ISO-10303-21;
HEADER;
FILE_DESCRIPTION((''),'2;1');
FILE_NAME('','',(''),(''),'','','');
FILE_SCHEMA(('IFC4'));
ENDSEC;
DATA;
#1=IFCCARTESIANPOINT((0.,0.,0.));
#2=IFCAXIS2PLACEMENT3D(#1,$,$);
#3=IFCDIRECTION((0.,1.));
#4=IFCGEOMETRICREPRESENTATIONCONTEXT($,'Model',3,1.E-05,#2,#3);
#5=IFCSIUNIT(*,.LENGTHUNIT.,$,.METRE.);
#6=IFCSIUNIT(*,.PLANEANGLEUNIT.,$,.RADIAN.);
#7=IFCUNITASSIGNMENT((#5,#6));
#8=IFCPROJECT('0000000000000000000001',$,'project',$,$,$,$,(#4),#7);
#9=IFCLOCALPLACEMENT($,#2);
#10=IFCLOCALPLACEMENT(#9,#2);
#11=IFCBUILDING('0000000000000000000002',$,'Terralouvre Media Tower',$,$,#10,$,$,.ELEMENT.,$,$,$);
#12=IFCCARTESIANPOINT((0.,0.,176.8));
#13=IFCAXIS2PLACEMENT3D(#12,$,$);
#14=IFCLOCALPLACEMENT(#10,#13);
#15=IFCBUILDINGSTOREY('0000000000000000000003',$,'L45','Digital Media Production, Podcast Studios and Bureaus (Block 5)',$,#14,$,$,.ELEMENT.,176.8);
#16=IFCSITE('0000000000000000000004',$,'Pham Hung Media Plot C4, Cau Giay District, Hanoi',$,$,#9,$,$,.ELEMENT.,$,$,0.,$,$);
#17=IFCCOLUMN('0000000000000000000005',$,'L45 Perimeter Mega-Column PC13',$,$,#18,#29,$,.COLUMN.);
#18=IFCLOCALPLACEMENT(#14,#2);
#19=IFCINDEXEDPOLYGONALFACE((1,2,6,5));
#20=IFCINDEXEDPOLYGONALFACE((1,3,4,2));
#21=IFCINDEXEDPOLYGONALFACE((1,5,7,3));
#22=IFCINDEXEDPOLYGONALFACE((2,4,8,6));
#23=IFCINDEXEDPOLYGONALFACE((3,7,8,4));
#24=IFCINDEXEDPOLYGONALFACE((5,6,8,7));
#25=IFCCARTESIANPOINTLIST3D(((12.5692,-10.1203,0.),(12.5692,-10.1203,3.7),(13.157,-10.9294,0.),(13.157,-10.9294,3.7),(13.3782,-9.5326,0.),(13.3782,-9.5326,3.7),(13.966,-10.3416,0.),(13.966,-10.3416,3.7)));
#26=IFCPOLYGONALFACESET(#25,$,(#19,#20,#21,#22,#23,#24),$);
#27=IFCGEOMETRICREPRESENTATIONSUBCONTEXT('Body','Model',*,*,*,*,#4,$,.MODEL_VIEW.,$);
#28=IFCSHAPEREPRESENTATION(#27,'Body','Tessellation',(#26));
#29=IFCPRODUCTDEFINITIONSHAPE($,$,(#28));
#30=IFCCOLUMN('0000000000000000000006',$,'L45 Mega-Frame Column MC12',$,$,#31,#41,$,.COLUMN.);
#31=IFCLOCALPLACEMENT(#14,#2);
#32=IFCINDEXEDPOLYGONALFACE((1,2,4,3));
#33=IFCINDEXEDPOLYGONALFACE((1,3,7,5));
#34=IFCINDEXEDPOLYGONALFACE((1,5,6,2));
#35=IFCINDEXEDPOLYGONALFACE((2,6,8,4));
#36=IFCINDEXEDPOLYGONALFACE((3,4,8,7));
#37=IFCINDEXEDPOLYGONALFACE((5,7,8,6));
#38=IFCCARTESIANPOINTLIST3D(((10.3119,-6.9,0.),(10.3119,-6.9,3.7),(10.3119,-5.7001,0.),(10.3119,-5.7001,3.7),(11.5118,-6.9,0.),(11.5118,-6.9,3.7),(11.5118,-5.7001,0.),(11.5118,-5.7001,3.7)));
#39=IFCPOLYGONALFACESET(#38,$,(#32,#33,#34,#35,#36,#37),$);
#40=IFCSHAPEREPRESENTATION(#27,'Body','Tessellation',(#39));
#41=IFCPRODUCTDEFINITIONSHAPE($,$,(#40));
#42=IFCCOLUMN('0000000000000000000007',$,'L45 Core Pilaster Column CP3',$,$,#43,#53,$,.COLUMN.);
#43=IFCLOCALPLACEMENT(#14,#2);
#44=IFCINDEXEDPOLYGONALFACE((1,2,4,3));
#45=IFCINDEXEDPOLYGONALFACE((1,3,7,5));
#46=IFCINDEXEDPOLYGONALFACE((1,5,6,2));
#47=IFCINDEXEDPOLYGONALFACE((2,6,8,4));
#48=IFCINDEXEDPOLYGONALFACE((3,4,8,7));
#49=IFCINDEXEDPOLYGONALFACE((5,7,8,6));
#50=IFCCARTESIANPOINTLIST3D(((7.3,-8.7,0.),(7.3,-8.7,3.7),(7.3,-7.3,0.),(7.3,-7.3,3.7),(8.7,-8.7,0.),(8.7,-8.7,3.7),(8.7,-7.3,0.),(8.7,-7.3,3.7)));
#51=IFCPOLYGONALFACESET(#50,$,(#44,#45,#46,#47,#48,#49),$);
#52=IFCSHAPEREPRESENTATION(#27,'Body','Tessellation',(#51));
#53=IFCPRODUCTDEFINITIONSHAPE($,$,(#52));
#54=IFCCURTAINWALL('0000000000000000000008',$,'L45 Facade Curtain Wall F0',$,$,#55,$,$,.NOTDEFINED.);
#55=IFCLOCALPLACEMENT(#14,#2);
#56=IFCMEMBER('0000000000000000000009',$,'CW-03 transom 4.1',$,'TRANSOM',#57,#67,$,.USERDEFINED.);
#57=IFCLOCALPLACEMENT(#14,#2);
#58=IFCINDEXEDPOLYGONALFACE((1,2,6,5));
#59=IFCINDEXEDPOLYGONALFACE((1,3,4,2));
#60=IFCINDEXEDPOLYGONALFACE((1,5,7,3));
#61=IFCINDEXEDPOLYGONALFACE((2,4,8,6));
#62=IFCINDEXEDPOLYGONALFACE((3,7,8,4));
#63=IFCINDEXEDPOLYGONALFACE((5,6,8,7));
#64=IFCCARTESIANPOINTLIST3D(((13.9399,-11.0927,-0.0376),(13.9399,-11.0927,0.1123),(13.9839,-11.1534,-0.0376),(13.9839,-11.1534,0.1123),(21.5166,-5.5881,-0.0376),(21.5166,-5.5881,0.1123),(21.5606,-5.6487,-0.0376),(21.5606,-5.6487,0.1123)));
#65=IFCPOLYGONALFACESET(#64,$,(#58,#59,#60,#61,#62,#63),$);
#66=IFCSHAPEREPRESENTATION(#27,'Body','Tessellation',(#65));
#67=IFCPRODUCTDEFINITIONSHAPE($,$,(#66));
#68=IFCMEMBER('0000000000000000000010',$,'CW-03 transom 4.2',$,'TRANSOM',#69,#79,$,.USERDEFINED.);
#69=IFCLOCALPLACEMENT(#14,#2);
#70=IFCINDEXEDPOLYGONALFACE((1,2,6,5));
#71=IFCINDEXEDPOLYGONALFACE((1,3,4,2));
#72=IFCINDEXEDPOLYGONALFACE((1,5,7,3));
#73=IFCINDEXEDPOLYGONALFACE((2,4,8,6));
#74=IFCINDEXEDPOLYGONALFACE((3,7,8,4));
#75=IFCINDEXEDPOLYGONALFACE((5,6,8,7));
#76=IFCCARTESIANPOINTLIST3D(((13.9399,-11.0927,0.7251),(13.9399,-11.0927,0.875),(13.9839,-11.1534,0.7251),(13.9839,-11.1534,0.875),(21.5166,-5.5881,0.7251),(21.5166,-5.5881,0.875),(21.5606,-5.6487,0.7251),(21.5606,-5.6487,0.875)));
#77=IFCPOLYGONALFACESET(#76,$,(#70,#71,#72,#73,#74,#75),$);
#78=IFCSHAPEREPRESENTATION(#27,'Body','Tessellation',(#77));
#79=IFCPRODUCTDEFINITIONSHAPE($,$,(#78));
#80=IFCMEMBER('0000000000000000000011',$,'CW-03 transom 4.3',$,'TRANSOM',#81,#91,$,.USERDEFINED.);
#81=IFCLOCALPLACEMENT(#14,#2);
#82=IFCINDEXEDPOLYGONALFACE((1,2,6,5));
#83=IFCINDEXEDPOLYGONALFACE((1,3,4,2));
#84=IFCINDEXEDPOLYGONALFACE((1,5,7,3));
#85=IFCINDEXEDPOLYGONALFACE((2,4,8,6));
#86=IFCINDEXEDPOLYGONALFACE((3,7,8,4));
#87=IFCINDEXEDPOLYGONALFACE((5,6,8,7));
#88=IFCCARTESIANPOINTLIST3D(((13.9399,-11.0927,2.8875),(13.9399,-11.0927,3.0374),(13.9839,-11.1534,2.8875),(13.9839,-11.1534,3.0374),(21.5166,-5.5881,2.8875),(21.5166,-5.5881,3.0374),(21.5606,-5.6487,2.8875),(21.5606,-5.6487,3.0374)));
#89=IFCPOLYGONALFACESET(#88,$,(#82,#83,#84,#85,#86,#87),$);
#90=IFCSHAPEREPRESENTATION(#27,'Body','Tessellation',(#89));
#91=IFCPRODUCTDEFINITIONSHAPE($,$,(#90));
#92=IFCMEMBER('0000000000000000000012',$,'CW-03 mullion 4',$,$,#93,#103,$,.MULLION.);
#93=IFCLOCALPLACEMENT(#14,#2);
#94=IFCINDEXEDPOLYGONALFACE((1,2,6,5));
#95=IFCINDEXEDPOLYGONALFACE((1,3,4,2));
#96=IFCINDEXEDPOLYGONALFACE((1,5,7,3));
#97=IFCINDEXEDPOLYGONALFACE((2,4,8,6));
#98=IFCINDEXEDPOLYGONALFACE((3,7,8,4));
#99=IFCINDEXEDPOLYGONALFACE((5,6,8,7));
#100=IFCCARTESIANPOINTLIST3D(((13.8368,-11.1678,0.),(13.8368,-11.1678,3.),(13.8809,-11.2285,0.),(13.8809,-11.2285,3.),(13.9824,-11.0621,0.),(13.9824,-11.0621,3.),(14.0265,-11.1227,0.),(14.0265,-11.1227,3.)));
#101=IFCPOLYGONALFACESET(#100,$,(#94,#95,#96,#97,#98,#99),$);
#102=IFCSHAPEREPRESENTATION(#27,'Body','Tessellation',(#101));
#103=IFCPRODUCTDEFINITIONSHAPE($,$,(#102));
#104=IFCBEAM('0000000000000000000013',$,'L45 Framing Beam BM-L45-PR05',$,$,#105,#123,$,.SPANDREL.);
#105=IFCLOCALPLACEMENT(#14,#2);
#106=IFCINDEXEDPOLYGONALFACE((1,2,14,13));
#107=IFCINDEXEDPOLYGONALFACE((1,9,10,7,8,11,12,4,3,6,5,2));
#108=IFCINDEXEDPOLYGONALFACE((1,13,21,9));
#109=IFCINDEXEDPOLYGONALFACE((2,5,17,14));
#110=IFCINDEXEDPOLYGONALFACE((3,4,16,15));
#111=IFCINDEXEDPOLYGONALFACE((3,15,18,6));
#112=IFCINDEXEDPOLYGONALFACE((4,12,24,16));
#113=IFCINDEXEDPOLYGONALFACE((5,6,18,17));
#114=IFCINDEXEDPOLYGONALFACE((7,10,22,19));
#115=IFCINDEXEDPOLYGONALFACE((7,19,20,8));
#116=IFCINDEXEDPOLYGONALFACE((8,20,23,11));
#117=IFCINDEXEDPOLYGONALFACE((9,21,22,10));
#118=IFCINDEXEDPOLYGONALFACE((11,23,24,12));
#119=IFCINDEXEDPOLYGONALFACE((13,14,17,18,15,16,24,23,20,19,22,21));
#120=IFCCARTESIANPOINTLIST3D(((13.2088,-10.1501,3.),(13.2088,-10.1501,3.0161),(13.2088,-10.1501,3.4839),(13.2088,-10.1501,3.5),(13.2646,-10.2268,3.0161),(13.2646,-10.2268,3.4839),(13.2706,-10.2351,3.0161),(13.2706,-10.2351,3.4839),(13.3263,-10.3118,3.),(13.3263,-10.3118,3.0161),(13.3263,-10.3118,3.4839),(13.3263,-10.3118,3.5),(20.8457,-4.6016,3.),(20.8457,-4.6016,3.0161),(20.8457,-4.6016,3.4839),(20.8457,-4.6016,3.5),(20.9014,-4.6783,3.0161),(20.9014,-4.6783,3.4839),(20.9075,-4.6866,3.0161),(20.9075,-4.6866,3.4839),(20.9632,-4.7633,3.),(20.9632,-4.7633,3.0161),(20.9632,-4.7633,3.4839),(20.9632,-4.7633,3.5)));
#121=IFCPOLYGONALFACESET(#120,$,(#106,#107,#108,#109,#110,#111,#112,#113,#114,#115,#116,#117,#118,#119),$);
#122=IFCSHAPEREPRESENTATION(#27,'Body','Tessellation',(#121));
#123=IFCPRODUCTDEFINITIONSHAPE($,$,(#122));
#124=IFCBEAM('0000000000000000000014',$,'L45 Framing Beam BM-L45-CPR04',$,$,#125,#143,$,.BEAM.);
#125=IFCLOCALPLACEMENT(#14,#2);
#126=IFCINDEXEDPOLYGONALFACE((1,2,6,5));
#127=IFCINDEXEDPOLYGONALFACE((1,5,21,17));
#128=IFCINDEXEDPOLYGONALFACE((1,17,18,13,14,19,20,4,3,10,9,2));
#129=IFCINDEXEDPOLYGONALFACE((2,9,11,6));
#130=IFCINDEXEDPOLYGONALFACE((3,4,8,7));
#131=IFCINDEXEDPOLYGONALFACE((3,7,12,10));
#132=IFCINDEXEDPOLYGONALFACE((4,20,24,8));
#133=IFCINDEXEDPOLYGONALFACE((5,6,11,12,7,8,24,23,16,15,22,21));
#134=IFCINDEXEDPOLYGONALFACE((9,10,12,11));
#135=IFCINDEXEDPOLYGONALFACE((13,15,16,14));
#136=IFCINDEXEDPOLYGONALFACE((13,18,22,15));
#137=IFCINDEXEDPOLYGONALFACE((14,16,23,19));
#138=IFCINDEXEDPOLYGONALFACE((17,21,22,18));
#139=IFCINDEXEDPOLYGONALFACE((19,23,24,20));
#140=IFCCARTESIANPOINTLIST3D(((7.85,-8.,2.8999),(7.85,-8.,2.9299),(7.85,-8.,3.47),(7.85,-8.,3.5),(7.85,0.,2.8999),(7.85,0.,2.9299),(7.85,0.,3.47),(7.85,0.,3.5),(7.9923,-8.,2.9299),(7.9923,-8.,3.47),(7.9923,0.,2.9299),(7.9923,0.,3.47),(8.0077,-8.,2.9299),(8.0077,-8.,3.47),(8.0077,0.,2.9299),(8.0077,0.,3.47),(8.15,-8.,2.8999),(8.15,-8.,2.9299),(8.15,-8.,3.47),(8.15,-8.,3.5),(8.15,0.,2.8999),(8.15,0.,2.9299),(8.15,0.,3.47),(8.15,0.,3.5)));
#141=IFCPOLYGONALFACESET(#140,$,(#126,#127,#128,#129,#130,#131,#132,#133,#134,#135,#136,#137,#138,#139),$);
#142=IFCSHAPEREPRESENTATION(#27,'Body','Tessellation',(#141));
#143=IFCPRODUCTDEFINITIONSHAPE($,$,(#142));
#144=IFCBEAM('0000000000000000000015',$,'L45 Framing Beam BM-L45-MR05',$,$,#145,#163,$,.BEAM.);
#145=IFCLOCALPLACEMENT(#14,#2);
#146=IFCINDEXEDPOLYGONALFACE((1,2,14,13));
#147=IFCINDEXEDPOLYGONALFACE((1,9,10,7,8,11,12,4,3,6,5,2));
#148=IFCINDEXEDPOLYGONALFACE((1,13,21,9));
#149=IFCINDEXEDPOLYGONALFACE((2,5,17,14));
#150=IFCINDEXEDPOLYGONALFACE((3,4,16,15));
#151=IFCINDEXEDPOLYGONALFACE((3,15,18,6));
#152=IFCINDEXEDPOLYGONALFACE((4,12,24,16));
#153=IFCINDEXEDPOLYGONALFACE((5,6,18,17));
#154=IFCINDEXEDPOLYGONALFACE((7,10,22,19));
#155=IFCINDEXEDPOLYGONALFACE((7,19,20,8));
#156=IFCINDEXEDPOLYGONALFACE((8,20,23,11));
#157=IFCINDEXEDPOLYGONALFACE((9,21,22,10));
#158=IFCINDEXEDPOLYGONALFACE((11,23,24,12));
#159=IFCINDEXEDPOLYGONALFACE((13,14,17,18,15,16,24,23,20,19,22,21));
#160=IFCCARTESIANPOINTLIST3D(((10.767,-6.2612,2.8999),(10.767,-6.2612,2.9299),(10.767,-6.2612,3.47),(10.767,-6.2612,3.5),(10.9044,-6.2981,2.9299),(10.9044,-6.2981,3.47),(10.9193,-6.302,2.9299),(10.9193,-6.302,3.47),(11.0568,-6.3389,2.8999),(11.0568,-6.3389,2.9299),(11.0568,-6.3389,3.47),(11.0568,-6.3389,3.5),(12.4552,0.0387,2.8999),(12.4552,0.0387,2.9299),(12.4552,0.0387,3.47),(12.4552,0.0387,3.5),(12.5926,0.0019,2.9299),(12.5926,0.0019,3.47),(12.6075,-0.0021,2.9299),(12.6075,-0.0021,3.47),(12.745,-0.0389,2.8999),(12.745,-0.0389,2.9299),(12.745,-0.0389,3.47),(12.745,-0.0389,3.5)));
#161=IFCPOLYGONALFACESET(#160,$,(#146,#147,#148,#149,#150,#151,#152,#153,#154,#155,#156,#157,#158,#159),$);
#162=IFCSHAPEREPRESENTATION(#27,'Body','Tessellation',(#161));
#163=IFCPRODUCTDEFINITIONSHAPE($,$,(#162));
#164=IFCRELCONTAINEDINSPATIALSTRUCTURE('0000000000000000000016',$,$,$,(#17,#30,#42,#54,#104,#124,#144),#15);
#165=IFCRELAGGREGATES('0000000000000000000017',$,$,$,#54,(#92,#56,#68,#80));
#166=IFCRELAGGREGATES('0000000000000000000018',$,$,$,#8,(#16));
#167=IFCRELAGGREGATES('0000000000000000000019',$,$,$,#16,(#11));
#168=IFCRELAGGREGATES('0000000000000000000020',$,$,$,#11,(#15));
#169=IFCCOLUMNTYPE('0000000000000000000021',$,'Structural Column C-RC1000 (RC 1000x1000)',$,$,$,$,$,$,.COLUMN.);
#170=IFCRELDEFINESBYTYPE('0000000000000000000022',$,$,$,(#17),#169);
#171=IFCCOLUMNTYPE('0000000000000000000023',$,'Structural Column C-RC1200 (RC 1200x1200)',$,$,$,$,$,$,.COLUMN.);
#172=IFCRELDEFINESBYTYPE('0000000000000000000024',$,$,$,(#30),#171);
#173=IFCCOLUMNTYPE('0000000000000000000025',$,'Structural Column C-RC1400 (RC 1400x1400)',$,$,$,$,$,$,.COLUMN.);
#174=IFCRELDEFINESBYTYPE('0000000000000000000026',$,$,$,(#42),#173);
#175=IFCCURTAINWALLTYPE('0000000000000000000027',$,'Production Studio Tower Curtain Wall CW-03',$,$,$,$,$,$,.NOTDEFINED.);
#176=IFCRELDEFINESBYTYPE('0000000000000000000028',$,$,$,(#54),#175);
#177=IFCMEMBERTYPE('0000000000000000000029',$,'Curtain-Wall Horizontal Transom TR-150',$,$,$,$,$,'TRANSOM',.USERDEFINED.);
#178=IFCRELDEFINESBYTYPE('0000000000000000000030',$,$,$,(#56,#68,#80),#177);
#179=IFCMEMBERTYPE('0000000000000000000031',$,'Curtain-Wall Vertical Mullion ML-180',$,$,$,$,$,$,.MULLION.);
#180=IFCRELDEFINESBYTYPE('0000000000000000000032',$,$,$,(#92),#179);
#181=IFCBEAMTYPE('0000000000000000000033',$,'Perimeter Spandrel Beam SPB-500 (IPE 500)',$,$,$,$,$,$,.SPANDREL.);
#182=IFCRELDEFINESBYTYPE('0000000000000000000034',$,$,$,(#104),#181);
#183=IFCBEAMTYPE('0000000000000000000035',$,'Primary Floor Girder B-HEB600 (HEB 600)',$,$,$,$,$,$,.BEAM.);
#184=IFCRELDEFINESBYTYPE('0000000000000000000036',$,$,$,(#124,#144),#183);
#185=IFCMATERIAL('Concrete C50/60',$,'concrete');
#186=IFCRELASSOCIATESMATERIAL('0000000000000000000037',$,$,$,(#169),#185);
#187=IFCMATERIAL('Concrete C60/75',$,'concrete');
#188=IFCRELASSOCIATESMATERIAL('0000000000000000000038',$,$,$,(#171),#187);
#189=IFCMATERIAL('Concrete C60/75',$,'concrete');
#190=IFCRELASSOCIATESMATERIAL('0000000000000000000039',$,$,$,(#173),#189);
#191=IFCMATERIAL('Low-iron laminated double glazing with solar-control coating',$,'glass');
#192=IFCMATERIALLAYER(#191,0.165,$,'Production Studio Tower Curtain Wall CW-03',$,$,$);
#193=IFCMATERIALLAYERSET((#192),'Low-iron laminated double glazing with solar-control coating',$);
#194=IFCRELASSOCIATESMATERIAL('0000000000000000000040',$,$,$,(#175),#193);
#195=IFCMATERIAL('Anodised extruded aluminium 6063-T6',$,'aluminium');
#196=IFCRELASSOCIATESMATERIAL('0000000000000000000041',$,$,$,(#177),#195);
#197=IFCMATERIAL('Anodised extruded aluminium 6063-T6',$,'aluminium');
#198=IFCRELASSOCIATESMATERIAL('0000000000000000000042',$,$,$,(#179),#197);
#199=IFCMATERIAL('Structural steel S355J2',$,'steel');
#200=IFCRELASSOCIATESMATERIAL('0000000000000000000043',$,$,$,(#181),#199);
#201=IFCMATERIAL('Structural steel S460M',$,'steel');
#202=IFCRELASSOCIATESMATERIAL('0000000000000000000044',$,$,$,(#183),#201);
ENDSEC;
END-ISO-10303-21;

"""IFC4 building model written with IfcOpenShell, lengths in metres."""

from ifc_helpers import new_model, si_unit, direction, frame, origin, origin_2d, place, context, subcontext, project, spatial, rectangle, i_section, extrude, material, layer, layer_set, material_profile, profile_set, type_object, element, aggregate, save


model = new_model("IFC4")

# Units and contexts
model_context = context("Model", 3, precision=1e-05, world=origin(), true_north=direction((0.0, 1.0)))
body_context = subcontext(model_context, "Body", "Model", "MODEL_VIEW")
ifc_project = project(units=[si_unit("LENGTHUNIT", "METRE"), si_unit("PLANEANGLEUNIT", "RADIAN")], contexts=[model_context])

# Site, building, storey
site_placement = place(None, origin())
site = spatial("IfcSite", under=ifc_project, at=site_placement, Name="Pham Hung Media Plot C4, Cau Giay District, Hanoi", CompositionType="ELEMENT", RefElevation=0.0)
building_placement = place(site_placement, origin())
building = spatial("IfcBuilding", under=site, at=building_placement, Name="Terralouvre Media Tower", CompositionType="ELEMENT")
storey_placement = place(building_placement, frame((0.0, 0.0, 176.8)))
storey = spatial("IfcBuildingStorey", under=building, at=storey_placement, Name="L45", Description="Digital Media Production, Podcast Studios and Bureaus (Block 5)", CompositionType="ELEMENT", Elevation=176.8)

# Columns
ifc_material_1 = material(Name="Concrete C50/60", Category="concrete")
ifc_material_profile_1 = material_profile(ifc_material_1, rectangle(XDim=1.0, YDim=1.0, at=origin_2d()), Name="RC 1000x1000")
ifc_profile_set_1 = profile_set([ifc_material_profile_1], Name="Concrete C50/60")
column_type_1 = type_object("IfcColumnType", Name="Structural Column C-RC1000 (RC 1000x1000)", PredefinedType="COLUMN", material=ifc_profile_set_1)
column_1_placement = place(storey_placement, frame((13.2676, -10.231, 0.0), z_axis=(0.0, 0.0, 1.0), x_axis=(0.809017, 0.587785, 0.0)))
element("IfcColumn", 1, at=column_1_placement, inside=storey, type_object=column_type_1, Name="L45 Perimeter Mega-Column PC13", PredefinedType="COLUMN", context=body_context, shape_type="SweptSolid", body=[
    extrude(rectangle(XDim=1.0, YDim=1.0, at=origin_2d()), origin(), (0.0, 0.0, 1.0), 3.7),
])
ifc_material_2 = material(Name="Concrete C60/75", Category="concrete")
ifc_material_profile_2 = material_profile(ifc_material_2, rectangle(XDim=1.2, YDim=1.2, at=origin_2d()), Name="RC 1200x1200")
ifc_profile_set_2 = profile_set([ifc_material_profile_2], Name="Concrete C60/75")
column_type_2 = type_object("IfcColumnType", Name="Structural Column C-RC1200 (RC 1200x1200)", PredefinedType="COLUMN", material=ifc_profile_set_2)
column_2_placement = place(storey_placement, frame((10.9119, -6.3, 0.0), z_axis=(0.0, 0.0, 1.0), x_axis=(1.0, 0.0, 0.0)))
element("IfcColumn", 2, at=column_2_placement, inside=storey, type_object=column_type_2, Name="L45 Mega-Frame Column MC12", PredefinedType="COLUMN", context=body_context, shape_type="SweptSolid", body=[
    extrude(rectangle(XDim=1.2, YDim=1.2, at=origin_2d()), origin(), (0.0, 0.0, 1.0), 3.7),
])
ifc_material_3 = material(Name="Concrete C60/75", Category="concrete")
ifc_material_profile_3 = material_profile(ifc_material_3, rectangle(XDim=1.3999, YDim=1.3999, at=origin_2d()), Name="RC 1400x1400")
ifc_profile_set_3 = profile_set([ifc_material_profile_3], Name="Concrete C60/75")
column_type_3 = type_object("IfcColumnType", Name="Structural Column C-RC1400 (RC 1400x1400)", PredefinedType="COLUMN", material=ifc_profile_set_3)
column_3_placement = place(storey_placement, frame((8.0, -8.0, 0.0), z_axis=(0.0, 0.0, 1.0), x_axis=(1.0, 0.0, 0.0)))
element("IfcColumn", 3, at=column_3_placement, inside=storey, type_object=column_type_3, Name="L45 Core Pilaster Column CP3", PredefinedType="COLUMN", context=body_context, shape_type="SweptSolid", body=[
    extrude(rectangle(XDim=1.3999, YDim=1.3999, at=origin_2d()), origin(), (0.0, 0.0, 1.0), 3.7),
])

# Curtain wall, members
ifc_material_4 = material(Name="Low-iron laminated double glazing with solar-control coating", Category="glass")
ifc_layer_1 = layer(ifc_material_4, 0.165, Name="Production Studio Tower Curtain Wall CW-03")
ifc_layer_set_1 = layer_set([ifc_layer_1], Name="Low-iron laminated double glazing with solar-control coating")
curtain_wall_type = type_object("IfcCurtainWallType", Name="Production Studio Tower Curtain Wall CW-03", PredefinedType="NOTDEFINED", material=ifc_layer_set_1)
curtain_wall_placement = place(storey_placement, origin())
curtain_wall = element("IfcCurtainWall", 4, at=curtain_wall_placement, inside=storey, type_object=curtain_wall_type, Name="L45 Facade Curtain Wall F0", PredefinedType="NOTDEFINED")
ifc_material_5 = material(Name="Anodised extruded aluminium 6063-T6", Category="aluminium")
ifc_material_profile_4 = material_profile(ifc_material_5, rectangle(XDim=0.075, YDim=0.1499, at=origin_2d()), Name="ALU 75x150")
ifc_profile_set_4 = profile_set([ifc_material_profile_4], Name="Anodised extruded aluminium 6063-T6")
member_type_1 = type_object("IfcMemberType", Name="Curtain-Wall Horizontal Transom TR-150", ElementType="TRANSOM", PredefinedType="USERDEFINED", material=ifc_profile_set_4)
member_1_placement = place(storey_placement, frame((13.9619, -11.123, 0.0374), z_axis=(0.809023, 0.587776, 0.0), x_axis=(-0.587776, 0.809023, 0.0)))
member_1 = element("IfcMember", 5, at=member_1_placement, type_object=member_type_1, Name="CW-03 transom 4.1", ObjectType="TRANSOM", PredefinedType="USERDEFINED", context=body_context, shape_type="SweptSolid", body=[
    extrude(rectangle(XDim=0.075, YDim=0.1499, at=origin_2d()), origin(), (0.0, 0.0, 1.0), 9.3652),
])
member_2_placement = place(storey_placement, frame((13.9619, -11.123, 0.8), z_axis=(0.809023, 0.587776, 0.0), x_axis=(-0.587776, 0.809023, 0.0)))
member_2 = element("IfcMember", 6, at=member_2_placement, type_object=member_type_1, Name="CW-03 transom 4.2", ObjectType="TRANSOM", PredefinedType="USERDEFINED", context=body_context, shape_type="SweptSolid", body=[
    extrude(rectangle(XDim=0.075, YDim=0.1499, at=origin_2d()), origin(), (0.0, 0.0, 1.0), 9.3652),
])
member_3_placement = place(storey_placement, frame((13.9619, -11.123, 2.9624), z_axis=(0.809023, 0.587776, 0.0), x_axis=(-0.587776, 0.809023, 0.0)))
member_3 = element("IfcMember", 7, at=member_3_placement, type_object=member_type_1, Name="CW-03 transom 4.3", ObjectType="TRANSOM", PredefinedType="USERDEFINED", context=body_context, shape_type="SweptSolid", body=[
    extrude(rectangle(XDim=0.075, YDim=0.1499, at=origin_2d()), origin(), (0.0, 0.0, 1.0), 9.3652),
])
ifc_material_6 = material(Name="Anodised extruded aluminium 6063-T6", Category="aluminium")
ifc_material_profile_5 = material_profile(ifc_material_6, rectangle(XDim=0.075, YDim=0.1799, at=origin_2d()), Name="ALU 75x180")
ifc_profile_set_5 = profile_set([ifc_material_profile_5], Name="Anodised extruded aluminium 6063-T6")
member_type_2 = type_object("IfcMemberType", Name="Curtain-Wall Vertical Mullion ML-180", PredefinedType="MULLION", material=ifc_profile_set_5)
member_4_placement = place(storey_placement, frame((13.9316, -11.1453, 0.0), z_axis=(0.0, 0.0, 1.0), x_axis=(-0.587785, 0.809017, 0.0)))
member_4 = element("IfcMember", 8, at=member_4_placement, type_object=member_type_2, Name="CW-03 mullion 4", PredefinedType="MULLION", context=body_context, shape_type="SweptSolid", body=[
    extrude(rectangle(XDim=0.075, YDim=0.1799, at=origin_2d()), origin(), (0.0, 0.0, 1.0), 3.0),
])

# Beams
ifc_material_7 = material(Name="Structural steel S355J2", Category="steel")
ifc_material_profile_6 = material_profile(ifc_material_7, i_section(OverallWidth=0.2, OverallDepth=0.5, WebThickness=0.0103, FlangeThickness=0.0161, at=origin_2d()), Name="IPE 500")
ifc_profile_set_6 = profile_set([ifc_material_profile_6], Name="Structural steel S355J2")
beam_type_1 = type_object("IfcBeamType", Name="Perimeter Spandrel Beam SPB-500 (IPE 500)", PredefinedType="SPANDREL", material=ifc_profile_set_6)
beam_1_placement = place(storey_placement, frame((13.2676, -10.231, 3.25), z_axis=(0.809017, 0.587786, 0.0), x_axis=(-0.587786, 0.809017, 0.0)))
element("IfcBeam", 9, at=beam_1_placement, inside=storey, type_object=beam_type_1, Name="L45 Framing Beam BM-L45-PR05", PredefinedType="SPANDREL", context=body_context, shape_type="SweptSolid", body=[
    extrude(i_section(OverallWidth=0.2, OverallDepth=0.5, WebThickness=0.0103, FlangeThickness=0.0161, at=origin_2d()), origin(), (0.0, 0.0, 1.0), 9.4397),
])
ifc_material_8 = material(Name="Structural steel S460M", Category="steel")
ifc_material_profile_7 = material_profile(ifc_material_8, i_section(OverallWidth=0.3, OverallDepth=0.6001, WebThickness=0.0154, FlangeThickness=0.03, at=origin_2d()), Name="HEB 600")
ifc_profile_set_7 = profile_set([ifc_material_profile_7], Name="Structural steel S460M")
beam_type_2 = type_object("IfcBeamType", Name="Primary Floor Girder B-HEB600 (HEB 600)", PredefinedType="BEAM", material=ifc_profile_set_7)
beam_2_placement = place(storey_placement, frame((8.0, -8.0, 3.2), z_axis=(0.0, 1.0, 0.0), x_axis=(-1.0, 0.0, 0.0)))
element("IfcBeam", 10, at=beam_2_placement, inside=storey, type_object=beam_type_2, Name="L45 Framing Beam BM-L45-CPR04", PredefinedType="BEAM", context=body_context, shape_type="SweptSolid", body=[
    extrude(i_section(OverallWidth=0.3, OverallDepth=0.6001, WebThickness=0.0154, FlangeThickness=0.03, at=origin_2d()), origin(), (0.0, 0.0, 1.0), 8.0),
])
beam_3_placement = place(storey_placement, frame((10.9119, -6.3, 3.2), z_axis=(0.258839, 0.96592, 0.0), x_axis=(-0.96592, 0.258839, 0.0)))
element("IfcBeam", 11, at=beam_3_placement, inside=storey, type_object=beam_type_2, Name="L45 Framing Beam BM-L45-MR05", PredefinedType="BEAM", context=body_context, shape_type="SweptSolid", body=[
    extrude(i_section(OverallWidth=0.3, OverallDepth=0.6001, WebThickness=0.0154, FlangeThickness=0.03, at=origin_2d()), origin(), (0.0, 0.0, 1.0), 6.5222),
])

aggregate(curtain_wall, [member_4, member_1, member_2, member_3])

save(model, "model.ifc")
